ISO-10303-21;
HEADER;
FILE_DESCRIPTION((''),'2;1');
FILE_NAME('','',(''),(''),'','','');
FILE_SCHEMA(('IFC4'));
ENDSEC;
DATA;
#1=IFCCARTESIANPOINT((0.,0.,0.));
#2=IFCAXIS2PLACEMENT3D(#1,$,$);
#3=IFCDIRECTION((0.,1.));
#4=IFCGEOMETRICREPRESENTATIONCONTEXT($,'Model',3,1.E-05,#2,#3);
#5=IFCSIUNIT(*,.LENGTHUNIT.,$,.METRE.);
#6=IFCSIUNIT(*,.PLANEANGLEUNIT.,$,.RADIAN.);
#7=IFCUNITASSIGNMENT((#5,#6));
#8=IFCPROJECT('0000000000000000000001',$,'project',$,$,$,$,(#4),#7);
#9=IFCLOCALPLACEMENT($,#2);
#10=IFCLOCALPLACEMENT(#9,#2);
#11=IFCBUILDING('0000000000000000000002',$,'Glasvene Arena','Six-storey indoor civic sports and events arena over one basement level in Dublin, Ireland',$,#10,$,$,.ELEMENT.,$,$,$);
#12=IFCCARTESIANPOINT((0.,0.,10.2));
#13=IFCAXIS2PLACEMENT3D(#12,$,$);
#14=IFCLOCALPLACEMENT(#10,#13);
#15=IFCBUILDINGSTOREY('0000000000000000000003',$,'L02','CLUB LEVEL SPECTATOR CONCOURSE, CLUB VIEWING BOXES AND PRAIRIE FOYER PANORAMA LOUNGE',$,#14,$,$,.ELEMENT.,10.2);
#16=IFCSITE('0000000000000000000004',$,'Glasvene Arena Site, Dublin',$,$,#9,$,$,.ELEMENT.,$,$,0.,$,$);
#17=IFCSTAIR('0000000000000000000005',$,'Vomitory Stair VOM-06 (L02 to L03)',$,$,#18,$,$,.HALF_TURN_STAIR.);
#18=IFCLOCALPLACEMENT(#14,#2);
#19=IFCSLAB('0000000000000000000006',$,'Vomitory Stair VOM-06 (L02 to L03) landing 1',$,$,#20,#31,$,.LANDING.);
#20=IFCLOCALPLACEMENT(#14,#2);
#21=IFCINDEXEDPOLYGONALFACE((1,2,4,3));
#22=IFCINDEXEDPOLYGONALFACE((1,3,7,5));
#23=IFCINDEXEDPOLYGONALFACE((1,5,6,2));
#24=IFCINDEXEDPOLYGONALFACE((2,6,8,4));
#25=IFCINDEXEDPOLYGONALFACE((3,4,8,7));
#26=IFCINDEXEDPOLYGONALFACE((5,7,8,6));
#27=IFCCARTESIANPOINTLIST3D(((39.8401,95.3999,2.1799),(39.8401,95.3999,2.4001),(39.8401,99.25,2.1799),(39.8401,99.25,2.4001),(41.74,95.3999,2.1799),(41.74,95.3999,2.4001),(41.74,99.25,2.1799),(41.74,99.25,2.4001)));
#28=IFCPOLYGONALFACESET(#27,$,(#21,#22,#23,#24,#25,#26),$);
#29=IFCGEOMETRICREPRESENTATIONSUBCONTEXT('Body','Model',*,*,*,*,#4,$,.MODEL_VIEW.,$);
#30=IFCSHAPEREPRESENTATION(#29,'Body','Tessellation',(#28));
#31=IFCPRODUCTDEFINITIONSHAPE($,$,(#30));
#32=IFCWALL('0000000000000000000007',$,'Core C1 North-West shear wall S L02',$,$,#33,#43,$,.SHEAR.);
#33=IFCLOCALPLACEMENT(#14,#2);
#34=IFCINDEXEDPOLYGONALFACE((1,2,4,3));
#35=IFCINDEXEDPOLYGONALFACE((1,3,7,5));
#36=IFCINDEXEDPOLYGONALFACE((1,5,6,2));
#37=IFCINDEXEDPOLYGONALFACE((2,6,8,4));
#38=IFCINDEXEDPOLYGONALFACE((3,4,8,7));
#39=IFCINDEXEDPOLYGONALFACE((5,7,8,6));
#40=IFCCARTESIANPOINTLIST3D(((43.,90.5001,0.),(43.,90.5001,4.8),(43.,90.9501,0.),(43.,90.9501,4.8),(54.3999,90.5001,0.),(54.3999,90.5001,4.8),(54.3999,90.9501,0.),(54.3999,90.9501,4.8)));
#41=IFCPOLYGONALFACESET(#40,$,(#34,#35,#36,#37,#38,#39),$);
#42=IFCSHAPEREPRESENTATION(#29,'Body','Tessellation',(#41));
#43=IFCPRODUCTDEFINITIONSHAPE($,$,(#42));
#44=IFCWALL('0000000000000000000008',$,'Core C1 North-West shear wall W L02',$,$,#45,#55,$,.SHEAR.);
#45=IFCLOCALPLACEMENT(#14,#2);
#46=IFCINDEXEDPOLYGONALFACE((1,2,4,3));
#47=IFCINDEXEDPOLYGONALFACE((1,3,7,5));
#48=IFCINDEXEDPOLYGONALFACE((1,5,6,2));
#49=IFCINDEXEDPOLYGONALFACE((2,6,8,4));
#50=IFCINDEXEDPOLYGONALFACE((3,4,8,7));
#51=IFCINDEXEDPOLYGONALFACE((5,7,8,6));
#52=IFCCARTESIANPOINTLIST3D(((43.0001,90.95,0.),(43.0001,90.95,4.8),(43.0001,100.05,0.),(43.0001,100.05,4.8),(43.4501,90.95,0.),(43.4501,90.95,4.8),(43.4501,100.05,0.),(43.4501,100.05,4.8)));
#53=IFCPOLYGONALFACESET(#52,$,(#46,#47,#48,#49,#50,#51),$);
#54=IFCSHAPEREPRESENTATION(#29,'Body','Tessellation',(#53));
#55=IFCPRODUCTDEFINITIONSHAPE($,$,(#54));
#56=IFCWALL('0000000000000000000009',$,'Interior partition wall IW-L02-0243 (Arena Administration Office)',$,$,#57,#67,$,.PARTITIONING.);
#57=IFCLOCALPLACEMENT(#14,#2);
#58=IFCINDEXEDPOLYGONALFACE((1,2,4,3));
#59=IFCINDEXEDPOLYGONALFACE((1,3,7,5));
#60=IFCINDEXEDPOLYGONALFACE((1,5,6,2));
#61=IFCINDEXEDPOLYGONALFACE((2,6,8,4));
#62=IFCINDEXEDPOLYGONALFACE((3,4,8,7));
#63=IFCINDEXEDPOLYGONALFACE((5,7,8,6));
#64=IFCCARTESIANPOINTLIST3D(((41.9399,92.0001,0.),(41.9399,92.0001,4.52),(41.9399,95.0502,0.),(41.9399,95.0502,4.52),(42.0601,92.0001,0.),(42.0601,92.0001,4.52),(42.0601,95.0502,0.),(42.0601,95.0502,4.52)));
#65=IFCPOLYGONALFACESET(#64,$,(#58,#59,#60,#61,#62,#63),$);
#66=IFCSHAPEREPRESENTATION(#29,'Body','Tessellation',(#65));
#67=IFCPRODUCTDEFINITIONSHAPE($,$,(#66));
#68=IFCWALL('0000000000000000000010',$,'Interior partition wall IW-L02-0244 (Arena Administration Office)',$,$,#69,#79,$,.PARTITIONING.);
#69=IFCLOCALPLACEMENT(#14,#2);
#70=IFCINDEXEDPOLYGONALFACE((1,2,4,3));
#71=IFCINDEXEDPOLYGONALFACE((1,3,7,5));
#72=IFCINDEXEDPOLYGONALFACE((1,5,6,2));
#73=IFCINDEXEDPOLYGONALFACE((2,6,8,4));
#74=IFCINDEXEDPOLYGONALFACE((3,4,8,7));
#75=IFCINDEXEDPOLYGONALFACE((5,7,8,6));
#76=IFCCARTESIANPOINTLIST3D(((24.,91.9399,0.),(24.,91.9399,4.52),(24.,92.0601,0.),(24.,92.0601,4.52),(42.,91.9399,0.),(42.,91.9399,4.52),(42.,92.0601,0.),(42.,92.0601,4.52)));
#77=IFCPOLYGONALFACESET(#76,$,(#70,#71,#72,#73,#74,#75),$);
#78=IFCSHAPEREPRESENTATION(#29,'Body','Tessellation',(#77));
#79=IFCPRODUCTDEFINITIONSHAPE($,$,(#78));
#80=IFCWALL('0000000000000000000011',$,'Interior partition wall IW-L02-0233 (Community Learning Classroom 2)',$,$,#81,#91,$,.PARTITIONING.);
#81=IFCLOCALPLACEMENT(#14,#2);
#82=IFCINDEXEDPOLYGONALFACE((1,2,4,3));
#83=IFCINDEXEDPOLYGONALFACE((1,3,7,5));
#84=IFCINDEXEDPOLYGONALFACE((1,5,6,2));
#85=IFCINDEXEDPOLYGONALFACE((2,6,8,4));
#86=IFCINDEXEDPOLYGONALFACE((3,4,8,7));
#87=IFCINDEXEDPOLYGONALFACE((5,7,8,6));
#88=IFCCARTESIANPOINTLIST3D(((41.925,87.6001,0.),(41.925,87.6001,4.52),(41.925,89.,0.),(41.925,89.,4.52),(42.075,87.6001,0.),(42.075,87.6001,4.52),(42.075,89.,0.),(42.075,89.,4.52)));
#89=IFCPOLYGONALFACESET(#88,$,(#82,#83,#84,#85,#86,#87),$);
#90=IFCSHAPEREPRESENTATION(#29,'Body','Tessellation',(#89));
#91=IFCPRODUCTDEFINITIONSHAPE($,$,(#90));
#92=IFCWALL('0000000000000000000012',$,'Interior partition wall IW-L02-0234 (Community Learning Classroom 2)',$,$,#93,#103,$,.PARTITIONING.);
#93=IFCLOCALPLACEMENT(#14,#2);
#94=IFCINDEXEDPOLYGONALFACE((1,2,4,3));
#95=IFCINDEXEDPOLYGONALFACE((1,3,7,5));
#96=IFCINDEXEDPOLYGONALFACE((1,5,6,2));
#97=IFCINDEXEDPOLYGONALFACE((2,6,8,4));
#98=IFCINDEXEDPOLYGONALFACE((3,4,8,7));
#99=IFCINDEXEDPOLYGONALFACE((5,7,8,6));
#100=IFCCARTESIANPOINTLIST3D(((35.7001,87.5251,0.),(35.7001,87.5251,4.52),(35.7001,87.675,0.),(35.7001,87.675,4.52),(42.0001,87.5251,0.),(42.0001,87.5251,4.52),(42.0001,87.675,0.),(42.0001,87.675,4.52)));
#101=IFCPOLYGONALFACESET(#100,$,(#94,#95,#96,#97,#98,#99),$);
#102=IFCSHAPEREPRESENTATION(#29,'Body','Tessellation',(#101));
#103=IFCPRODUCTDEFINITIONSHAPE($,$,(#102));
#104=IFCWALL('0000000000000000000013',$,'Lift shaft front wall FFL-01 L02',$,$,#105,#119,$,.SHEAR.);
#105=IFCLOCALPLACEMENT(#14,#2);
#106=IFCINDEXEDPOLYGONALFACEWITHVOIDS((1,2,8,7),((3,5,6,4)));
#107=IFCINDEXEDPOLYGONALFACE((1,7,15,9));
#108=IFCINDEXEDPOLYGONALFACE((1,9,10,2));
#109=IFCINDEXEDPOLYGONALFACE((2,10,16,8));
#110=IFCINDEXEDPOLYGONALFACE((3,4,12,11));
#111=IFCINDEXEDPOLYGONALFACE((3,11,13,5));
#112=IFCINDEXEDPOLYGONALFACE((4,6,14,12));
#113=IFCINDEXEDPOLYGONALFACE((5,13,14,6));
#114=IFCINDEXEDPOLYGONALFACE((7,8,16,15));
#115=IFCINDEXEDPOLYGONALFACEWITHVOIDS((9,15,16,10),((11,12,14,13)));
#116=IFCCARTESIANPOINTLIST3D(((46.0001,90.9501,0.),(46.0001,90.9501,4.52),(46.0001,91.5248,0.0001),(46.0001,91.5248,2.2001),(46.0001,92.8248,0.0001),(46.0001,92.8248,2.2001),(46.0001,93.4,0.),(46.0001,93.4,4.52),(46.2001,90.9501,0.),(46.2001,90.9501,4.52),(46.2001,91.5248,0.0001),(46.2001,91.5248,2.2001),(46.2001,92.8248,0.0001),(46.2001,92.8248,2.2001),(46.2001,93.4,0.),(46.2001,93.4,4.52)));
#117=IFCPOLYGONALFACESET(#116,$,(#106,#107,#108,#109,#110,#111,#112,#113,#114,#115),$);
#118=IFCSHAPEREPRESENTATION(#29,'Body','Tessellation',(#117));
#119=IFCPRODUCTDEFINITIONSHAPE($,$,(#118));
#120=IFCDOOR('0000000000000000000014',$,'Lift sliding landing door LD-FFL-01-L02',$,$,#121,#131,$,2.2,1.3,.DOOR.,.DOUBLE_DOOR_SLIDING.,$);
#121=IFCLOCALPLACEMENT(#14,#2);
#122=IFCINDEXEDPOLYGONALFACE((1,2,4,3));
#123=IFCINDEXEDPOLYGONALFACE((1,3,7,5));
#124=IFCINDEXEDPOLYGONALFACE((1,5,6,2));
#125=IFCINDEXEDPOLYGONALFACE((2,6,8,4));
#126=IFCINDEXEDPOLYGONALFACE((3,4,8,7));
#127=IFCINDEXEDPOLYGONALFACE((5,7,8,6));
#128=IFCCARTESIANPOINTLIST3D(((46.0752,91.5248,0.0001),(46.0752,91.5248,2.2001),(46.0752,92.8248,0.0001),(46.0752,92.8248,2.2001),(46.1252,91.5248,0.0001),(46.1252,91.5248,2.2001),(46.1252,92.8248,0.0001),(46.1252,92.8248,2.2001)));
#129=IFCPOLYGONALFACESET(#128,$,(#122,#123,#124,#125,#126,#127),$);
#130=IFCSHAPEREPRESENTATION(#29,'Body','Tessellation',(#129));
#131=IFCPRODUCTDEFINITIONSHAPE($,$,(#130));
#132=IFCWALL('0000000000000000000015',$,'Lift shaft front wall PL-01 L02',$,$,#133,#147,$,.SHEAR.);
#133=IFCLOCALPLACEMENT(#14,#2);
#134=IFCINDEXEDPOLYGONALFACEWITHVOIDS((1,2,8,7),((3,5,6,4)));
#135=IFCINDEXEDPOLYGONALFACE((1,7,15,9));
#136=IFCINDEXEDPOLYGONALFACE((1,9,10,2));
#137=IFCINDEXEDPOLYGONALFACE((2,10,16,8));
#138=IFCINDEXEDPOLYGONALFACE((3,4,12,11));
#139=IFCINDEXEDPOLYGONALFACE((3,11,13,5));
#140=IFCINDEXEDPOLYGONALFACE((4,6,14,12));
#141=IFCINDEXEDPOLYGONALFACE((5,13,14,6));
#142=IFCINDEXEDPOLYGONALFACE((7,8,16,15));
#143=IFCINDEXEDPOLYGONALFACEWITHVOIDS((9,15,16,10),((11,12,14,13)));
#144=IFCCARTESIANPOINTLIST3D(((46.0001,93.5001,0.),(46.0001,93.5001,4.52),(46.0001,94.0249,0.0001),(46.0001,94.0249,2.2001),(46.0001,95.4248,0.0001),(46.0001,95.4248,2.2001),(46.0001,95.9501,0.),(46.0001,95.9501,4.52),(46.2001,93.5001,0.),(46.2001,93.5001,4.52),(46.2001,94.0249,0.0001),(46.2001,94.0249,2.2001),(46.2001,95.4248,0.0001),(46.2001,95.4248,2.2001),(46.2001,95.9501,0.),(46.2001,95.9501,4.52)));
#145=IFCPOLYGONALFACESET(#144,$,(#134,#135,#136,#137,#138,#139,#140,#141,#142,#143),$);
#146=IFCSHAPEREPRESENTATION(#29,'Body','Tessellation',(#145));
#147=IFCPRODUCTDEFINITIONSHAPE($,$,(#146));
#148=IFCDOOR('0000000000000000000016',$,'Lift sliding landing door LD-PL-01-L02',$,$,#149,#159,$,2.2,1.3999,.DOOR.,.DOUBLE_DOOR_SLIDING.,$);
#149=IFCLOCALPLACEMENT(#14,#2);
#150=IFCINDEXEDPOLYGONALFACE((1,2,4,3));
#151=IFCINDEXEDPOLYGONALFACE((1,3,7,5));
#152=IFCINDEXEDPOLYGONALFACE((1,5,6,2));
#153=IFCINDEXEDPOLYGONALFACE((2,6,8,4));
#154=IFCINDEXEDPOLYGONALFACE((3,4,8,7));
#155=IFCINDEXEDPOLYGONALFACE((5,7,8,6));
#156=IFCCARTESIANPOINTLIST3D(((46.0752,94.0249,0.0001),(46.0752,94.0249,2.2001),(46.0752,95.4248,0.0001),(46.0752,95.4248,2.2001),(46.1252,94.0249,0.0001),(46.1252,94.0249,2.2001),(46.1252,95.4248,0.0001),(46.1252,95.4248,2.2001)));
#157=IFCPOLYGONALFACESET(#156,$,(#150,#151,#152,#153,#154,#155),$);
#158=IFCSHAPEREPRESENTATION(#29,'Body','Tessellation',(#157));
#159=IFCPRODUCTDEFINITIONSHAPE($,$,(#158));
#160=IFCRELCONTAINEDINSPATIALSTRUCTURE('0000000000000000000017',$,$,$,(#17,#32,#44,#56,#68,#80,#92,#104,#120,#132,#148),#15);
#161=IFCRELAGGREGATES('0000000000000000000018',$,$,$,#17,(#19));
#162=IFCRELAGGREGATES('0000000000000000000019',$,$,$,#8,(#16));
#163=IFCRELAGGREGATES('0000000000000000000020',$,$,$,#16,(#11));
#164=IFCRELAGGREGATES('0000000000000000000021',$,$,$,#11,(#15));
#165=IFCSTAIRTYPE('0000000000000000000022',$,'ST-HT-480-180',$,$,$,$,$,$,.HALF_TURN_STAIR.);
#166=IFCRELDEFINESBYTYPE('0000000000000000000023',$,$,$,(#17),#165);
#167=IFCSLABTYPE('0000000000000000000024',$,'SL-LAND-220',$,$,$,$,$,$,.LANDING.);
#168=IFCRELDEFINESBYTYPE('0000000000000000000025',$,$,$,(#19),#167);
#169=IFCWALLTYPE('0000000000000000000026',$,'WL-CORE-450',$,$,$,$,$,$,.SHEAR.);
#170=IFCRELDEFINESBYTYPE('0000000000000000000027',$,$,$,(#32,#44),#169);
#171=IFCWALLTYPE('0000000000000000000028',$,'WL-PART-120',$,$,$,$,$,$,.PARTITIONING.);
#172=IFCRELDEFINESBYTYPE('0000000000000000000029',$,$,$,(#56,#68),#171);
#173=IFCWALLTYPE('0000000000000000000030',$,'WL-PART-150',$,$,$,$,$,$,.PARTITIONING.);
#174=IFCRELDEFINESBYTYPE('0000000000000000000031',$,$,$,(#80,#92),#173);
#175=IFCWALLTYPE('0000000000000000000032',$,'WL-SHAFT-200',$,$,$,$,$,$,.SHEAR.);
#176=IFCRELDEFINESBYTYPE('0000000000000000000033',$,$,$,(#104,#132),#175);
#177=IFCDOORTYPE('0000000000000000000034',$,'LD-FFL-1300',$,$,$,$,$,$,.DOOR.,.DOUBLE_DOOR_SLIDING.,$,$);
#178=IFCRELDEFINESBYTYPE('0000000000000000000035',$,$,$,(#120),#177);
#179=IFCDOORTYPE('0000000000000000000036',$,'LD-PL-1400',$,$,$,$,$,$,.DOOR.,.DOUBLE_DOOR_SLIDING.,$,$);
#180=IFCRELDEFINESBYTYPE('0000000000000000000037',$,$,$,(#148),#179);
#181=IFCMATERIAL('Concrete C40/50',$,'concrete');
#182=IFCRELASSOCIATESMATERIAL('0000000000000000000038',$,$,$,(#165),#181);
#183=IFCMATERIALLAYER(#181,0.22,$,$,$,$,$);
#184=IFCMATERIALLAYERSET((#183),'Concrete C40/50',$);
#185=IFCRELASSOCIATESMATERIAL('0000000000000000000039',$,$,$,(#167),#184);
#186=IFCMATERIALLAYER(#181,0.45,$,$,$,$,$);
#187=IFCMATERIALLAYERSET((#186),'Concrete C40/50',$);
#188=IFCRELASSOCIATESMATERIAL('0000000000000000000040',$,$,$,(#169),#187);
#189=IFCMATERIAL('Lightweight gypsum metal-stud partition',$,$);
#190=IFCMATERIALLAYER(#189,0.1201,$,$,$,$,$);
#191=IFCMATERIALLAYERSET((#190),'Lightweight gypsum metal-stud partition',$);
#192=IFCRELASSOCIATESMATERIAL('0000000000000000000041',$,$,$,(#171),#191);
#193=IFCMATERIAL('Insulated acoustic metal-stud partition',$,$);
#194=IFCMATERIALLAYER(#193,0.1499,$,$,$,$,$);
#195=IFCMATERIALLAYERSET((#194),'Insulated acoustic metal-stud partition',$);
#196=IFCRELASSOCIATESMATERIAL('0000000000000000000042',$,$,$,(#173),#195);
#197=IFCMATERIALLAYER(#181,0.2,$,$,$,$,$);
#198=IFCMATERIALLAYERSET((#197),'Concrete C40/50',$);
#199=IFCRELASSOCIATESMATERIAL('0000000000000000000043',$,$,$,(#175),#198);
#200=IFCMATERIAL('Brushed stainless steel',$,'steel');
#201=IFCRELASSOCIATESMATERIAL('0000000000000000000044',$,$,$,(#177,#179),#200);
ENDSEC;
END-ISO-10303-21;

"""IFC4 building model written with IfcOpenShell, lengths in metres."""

from ifc_helpers import new_model, si_unit, direction, frame, frame_2d, origin, place, context, subcontext, project, spatial, polyline, rectangle, outline, extrude, material, layer, layer_set, type_object, element, fill, aggregate, save


model = new_model("IFC4")

# Units and contexts
model_context = context("Model", 3, precision=1e-05, world=origin(), true_north=direction((0.0, 1.0)))
body_context = subcontext(model_context, "Body", "Model", "MODEL_VIEW")
ifc_project = project(units=[si_unit("LENGTHUNIT", "METRE"), si_unit("PLANEANGLEUNIT", "RADIAN")], contexts=[model_context])

# Site, building, storey
site_placement = place(None, origin())
site = spatial("IfcSite", under=ifc_project, at=site_placement, Name="Glasvene Arena Site, Dublin", CompositionType="ELEMENT", RefElevation=0.0)
building_placement = place(site_placement, origin())
building = spatial("IfcBuilding", under=site, at=building_placement, Name="Glasvene Arena", Description="Six-storey indoor civic sports and events arena over one basement level in Dublin, Ireland", CompositionType="ELEMENT")
storey_placement = place(building_placement, frame((0.0, 0.0, 10.2)))
storey = spatial("IfcBuildingStorey", under=building, at=storey_placement, Name="L02", Description="CLUB LEVEL SPECTATOR CONCOURSE, CLUB VIEWING BOXES AND PRAIRIE FOYER PANORAMA LOUNGE", CompositionType="ELEMENT", Elevation=10.2)

# Stair, slab
ifc_material_1 = material(Name="Concrete C40/50", Category="concrete")
stair_type_1 = type_object("IfcStairType", Name="ST-HT-480-180", PredefinedType="HALF_TURN_STAIR", material=ifc_material_1)
stair_1_placement = place(storey_placement, origin())
stair_1 = element("IfcStair", 1, at=stair_1_placement, inside=storey, type_object=stair_type_1, Name="Vomitory Stair VOM-06 (L02 to L03)", PredefinedType="HALF_TURN_STAIR")
ifc_layer_1 = layer(ifc_material_1, 0.22)
ifc_layer_set_1 = layer_set([ifc_layer_1], Name="Concrete C40/50")
slab_type = type_object("IfcSlabType", Name="SL-LAND-220", PredefinedType="LANDING", material=ifc_layer_set_1)
slab_placement = place(storey_placement, frame((40.79, 97.325, 2.1799)))
slab = element("IfcSlab", 2, at=slab_placement, type_object=slab_type, Name="Vomitory Stair VOM-06 (L02 to L03) landing 1", PredefinedType="LANDING", context=body_context, shape_type="SweptSolid", body=[
    extrude(outline(polyline([(-0.95, -1.925), (0.95, -1.925), (0.95, 1.925), (-0.95, 1.925), (-0.95, -1.925)])), origin(), (0.0, 0.0, 1.0), 0.2202),
])

# Walls
ifc_layer_2 = layer(ifc_material_1, 0.45)
ifc_layer_set_2 = layer_set([ifc_layer_2], Name="Concrete C40/50")
wall_type_1 = type_object("IfcWallType", Name="WL-CORE-450", PredefinedType="SHEAR", material=ifc_layer_set_2)
wall_1_placement = place(storey_placement, frame((43.0, 90.7251, 0.0), z_axis=(0.0, 0.0, 1.0), x_axis=(1.0, 0.0, 0.0)))
element("IfcWall", 3, at=wall_1_placement, inside=storey, type_object=wall_type_1, Name="Core C1 North-West shear wall S L02", PredefinedType="SHEAR", context=body_context, shape_type="SweptSolid", body=[
    extrude(rectangle(XDim=11.3999, YDim=0.45, at=frame_2d((5.7, 0.0))), origin(), (0.0, 0.0, 1.0), 4.8),
])
wall_2_placement = place(storey_placement, frame((43.2251, 90.95, 0.0), z_axis=(0.0, 0.0, 1.0), x_axis=(0.0, 1.0, 0.0)))
element("IfcWall", 4, at=wall_2_placement, inside=storey, type_object=wall_type_1, Name="Core C1 North-West shear wall W L02", PredefinedType="SHEAR", context=body_context, shape_type="SweptSolid", body=[
    extrude(rectangle(XDim=9.1001, YDim=0.45, at=frame_2d((4.55, 0.0))), origin(), (0.0, 0.0, 1.0), 4.8),
])
ifc_material_2 = material(Name="Lightweight gypsum metal-stud partition")
ifc_layer_3 = layer(ifc_material_2, 0.1201)
ifc_layer_set_3 = layer_set([ifc_layer_3], Name="Lightweight gypsum metal-stud partition")
wall_type_2 = type_object("IfcWallType", Name="WL-PART-120", PredefinedType="PARTITIONING", material=ifc_layer_set_3)
wall_3_placement = place(storey_placement, frame((42.0, 95.05, 0.0), z_axis=(0.0, 0.0, 1.0), x_axis=(0.0, -1.0, 0.0)))
element("IfcWall", 5, at=wall_3_placement, inside=storey, type_object=wall_type_2, Name="Interior partition wall IW-L02-0243 (Arena Administration Office)", PredefinedType="PARTITIONING", context=body_context, shape_type="SweptSolid", body=[
    extrude(rectangle(XDim=3.05, YDim=0.1201, at=frame_2d((1.5249, 0.0))), origin(), (0.0, 0.0, 1.0), 4.52),
])
wall_4_placement = place(storey_placement, frame((42.0, 92.0, 0.0), z_axis=(0.0, 0.0, 1.0), x_axis=(-1.0, 0.0, 0.0)))
element("IfcWall", 6, at=wall_4_placement, inside=storey, type_object=wall_type_2, Name="Interior partition wall IW-L02-0244 (Arena Administration Office)", PredefinedType="PARTITIONING", context=body_context, shape_type="SweptSolid", body=[
    extrude(rectangle(XDim=18.0, YDim=0.1201, at=frame_2d((9.0, 0.0))), origin(), (0.0, 0.0, 1.0), 4.52),
])
ifc_material_3 = material(Name="Insulated acoustic metal-stud partition")
ifc_layer_4 = layer(ifc_material_3, 0.1499)
ifc_layer_set_4 = layer_set([ifc_layer_4], Name="Insulated acoustic metal-stud partition")
wall_type_3 = type_object("IfcWallType", Name="WL-PART-150", PredefinedType="PARTITIONING", material=ifc_layer_set_4)
wall_5_placement = place(storey_placement, frame((42.0, 89.0, 0.0), z_axis=(0.0, 0.0, 1.0), x_axis=(0.0, -1.0, 0.0)))
element("IfcWall", 7, at=wall_5_placement, inside=storey, type_object=wall_type_3, Name="Interior partition wall IW-L02-0233 (Community Learning Classroom 2)", PredefinedType="PARTITIONING", context=body_context, shape_type="SweptSolid", body=[
    extrude(rectangle(XDim=1.3999, YDim=0.1499, at=frame_2d((0.7, 0.0))), origin(), (0.0, 0.0, 1.0), 4.52),
])
wall_6_placement = place(storey_placement, frame((42.0, 87.6001, 0.0), z_axis=(0.0, 0.0, 1.0), x_axis=(-1.0, 0.0, 0.0)))
element("IfcWall", 8, at=wall_6_placement, inside=storey, type_object=wall_type_3, Name="Interior partition wall IW-L02-0234 (Community Learning Classroom 2)", PredefinedType="PARTITIONING", context=body_context, shape_type="SweptSolid", body=[
    extrude(rectangle(XDim=6.3, YDim=0.1499, at=frame_2d((3.1499, 0.0))), origin(), (0.0, 0.0, 1.0), 4.52),
])

# Walls, openings, doors
ifc_layer_5 = layer(ifc_material_1, 0.2)
ifc_layer_set_5 = layer_set([ifc_layer_5], Name="Concrete C40/50")
wall_type_4 = type_object("IfcWallType", Name="WL-SHAFT-200", PredefinedType="SHEAR", material=ifc_layer_set_5)
wall_7_placement = place(storey_placement, frame((46.1001, 90.95, 0.0), z_axis=(0.0, 0.0, 1.0), x_axis=(0.0, 1.0, 0.0)))
wall_7 = element("IfcWall", 9, at=wall_7_placement, inside=storey, type_object=wall_type_4, Name="Lift shaft front wall FFL-01 L02", PredefinedType="SHEAR", context=body_context, shape_type="SweptSolid", body=[
    extrude(rectangle(XDim=2.45, YDim=0.2, at=frame_2d((1.2251, 0.0))), origin(), (0.0, 0.0, 1.0), 4.52),
])
opening_1_placement = place(wall_7_placement, frame((0.575, 0.0, 0.0)))
opening_1 = element("IfcOpeningElement", 10, at=opening_1_placement, cuts=wall_7, PredefinedType="OPENING", context=body_context, shape_type="SweptSolid", body=[
    extrude(rectangle(XDim=1.3, YDim=2.2, at=frame_2d((0.6499, 1.1001))), frame((0.0, 0.1099, 0.0), z_axis=(0.0, -1.0, 0.0), x_axis=(1.0, 0.0, 0.0)), (0.0, 0.0, 1.0), 0.22),
])
ifc_material_4 = material(Name="Brushed stainless steel", Category="steel")
door_type_1 = type_object("IfcDoorType", Name="LD-FFL-1300", OperationType="DOUBLE_DOOR_SLIDING", PredefinedType="DOOR", material=ifc_material_4)
door_1_placement = place(opening_1_placement, origin())
door_1 = element("IfcDoor", 11, at=door_1_placement, inside=storey, type_object=door_type_1, Name="Lift sliding landing door LD-FFL-01-L02", OperationType="DOUBLE_DOOR_SLIDING", OverallHeight=2.2, OverallWidth=1.3, PredefinedType="DOOR", context=body_context, shape_type="SweptSolid", body=[
    extrude(rectangle(XDim=1.3, YDim=2.2, at=frame_2d((0.6499, 1.1001))), frame((0.0, 0.0249, 0.0), z_axis=(0.0, -1.0, 0.0), x_axis=(1.0, 0.0, 0.0)), (0.0, 0.0, 1.0), 0.05),
])
fill(opening_1, door_1)
wall_8_placement = place(storey_placement, frame((46.1001, 93.5, 0.0), z_axis=(0.0, 0.0, 1.0), x_axis=(0.0, 1.0, 0.0)))
wall_8 = element("IfcWall", 12, at=wall_8_placement, inside=storey, type_object=wall_type_4, Name="Lift shaft front wall PL-01 L02", PredefinedType="SHEAR", context=body_context, shape_type="SweptSolid", body=[
    extrude(rectangle(XDim=2.45, YDim=0.2, at=frame_2d((1.2251, 0.0))), origin(), (0.0, 0.0, 1.0), 4.52),
])
opening_2_placement = place(wall_8_placement, frame((0.5249, 0.0, 0.0)))
opening_2 = element("IfcOpeningElement", 13, at=opening_2_placement, cuts=wall_8, PredefinedType="OPENING", context=body_context, shape_type="SweptSolid", body=[
    extrude(rectangle(XDim=1.3999, YDim=2.2, at=frame_2d((0.7, 1.1001))), frame((0.0, 0.1099, 0.0), z_axis=(0.0, -1.0, 0.0), x_axis=(1.0, 0.0, 0.0)), (0.0, 0.0, 1.0), 0.22),
])
door_type_2 = type_object("IfcDoorType", Name="LD-PL-1400", OperationType="DOUBLE_DOOR_SLIDING", PredefinedType="DOOR", material=ifc_material_4)
door_2_placement = place(opening_2_placement, origin())
door_2 = element("IfcDoor", 14, at=door_2_placement, inside=storey, type_object=door_type_2, Name="Lift sliding landing door LD-PL-01-L02", OperationType="DOUBLE_DOOR_SLIDING", OverallHeight=2.2, OverallWidth=1.3999, PredefinedType="DOOR", context=body_context, shape_type="SweptSolid", body=[
    extrude(rectangle(XDim=1.3999, YDim=2.2, at=frame_2d((0.7, 1.1001))), frame((0.0, 0.0249, 0.0), z_axis=(0.0, -1.0, 0.0), x_axis=(1.0, 0.0, 0.0)), (0.0, 0.0, 1.0), 0.05),
])
fill(opening_2, door_2)

aggregate(stair_1, [slab])

save(model, "model.ifc")
